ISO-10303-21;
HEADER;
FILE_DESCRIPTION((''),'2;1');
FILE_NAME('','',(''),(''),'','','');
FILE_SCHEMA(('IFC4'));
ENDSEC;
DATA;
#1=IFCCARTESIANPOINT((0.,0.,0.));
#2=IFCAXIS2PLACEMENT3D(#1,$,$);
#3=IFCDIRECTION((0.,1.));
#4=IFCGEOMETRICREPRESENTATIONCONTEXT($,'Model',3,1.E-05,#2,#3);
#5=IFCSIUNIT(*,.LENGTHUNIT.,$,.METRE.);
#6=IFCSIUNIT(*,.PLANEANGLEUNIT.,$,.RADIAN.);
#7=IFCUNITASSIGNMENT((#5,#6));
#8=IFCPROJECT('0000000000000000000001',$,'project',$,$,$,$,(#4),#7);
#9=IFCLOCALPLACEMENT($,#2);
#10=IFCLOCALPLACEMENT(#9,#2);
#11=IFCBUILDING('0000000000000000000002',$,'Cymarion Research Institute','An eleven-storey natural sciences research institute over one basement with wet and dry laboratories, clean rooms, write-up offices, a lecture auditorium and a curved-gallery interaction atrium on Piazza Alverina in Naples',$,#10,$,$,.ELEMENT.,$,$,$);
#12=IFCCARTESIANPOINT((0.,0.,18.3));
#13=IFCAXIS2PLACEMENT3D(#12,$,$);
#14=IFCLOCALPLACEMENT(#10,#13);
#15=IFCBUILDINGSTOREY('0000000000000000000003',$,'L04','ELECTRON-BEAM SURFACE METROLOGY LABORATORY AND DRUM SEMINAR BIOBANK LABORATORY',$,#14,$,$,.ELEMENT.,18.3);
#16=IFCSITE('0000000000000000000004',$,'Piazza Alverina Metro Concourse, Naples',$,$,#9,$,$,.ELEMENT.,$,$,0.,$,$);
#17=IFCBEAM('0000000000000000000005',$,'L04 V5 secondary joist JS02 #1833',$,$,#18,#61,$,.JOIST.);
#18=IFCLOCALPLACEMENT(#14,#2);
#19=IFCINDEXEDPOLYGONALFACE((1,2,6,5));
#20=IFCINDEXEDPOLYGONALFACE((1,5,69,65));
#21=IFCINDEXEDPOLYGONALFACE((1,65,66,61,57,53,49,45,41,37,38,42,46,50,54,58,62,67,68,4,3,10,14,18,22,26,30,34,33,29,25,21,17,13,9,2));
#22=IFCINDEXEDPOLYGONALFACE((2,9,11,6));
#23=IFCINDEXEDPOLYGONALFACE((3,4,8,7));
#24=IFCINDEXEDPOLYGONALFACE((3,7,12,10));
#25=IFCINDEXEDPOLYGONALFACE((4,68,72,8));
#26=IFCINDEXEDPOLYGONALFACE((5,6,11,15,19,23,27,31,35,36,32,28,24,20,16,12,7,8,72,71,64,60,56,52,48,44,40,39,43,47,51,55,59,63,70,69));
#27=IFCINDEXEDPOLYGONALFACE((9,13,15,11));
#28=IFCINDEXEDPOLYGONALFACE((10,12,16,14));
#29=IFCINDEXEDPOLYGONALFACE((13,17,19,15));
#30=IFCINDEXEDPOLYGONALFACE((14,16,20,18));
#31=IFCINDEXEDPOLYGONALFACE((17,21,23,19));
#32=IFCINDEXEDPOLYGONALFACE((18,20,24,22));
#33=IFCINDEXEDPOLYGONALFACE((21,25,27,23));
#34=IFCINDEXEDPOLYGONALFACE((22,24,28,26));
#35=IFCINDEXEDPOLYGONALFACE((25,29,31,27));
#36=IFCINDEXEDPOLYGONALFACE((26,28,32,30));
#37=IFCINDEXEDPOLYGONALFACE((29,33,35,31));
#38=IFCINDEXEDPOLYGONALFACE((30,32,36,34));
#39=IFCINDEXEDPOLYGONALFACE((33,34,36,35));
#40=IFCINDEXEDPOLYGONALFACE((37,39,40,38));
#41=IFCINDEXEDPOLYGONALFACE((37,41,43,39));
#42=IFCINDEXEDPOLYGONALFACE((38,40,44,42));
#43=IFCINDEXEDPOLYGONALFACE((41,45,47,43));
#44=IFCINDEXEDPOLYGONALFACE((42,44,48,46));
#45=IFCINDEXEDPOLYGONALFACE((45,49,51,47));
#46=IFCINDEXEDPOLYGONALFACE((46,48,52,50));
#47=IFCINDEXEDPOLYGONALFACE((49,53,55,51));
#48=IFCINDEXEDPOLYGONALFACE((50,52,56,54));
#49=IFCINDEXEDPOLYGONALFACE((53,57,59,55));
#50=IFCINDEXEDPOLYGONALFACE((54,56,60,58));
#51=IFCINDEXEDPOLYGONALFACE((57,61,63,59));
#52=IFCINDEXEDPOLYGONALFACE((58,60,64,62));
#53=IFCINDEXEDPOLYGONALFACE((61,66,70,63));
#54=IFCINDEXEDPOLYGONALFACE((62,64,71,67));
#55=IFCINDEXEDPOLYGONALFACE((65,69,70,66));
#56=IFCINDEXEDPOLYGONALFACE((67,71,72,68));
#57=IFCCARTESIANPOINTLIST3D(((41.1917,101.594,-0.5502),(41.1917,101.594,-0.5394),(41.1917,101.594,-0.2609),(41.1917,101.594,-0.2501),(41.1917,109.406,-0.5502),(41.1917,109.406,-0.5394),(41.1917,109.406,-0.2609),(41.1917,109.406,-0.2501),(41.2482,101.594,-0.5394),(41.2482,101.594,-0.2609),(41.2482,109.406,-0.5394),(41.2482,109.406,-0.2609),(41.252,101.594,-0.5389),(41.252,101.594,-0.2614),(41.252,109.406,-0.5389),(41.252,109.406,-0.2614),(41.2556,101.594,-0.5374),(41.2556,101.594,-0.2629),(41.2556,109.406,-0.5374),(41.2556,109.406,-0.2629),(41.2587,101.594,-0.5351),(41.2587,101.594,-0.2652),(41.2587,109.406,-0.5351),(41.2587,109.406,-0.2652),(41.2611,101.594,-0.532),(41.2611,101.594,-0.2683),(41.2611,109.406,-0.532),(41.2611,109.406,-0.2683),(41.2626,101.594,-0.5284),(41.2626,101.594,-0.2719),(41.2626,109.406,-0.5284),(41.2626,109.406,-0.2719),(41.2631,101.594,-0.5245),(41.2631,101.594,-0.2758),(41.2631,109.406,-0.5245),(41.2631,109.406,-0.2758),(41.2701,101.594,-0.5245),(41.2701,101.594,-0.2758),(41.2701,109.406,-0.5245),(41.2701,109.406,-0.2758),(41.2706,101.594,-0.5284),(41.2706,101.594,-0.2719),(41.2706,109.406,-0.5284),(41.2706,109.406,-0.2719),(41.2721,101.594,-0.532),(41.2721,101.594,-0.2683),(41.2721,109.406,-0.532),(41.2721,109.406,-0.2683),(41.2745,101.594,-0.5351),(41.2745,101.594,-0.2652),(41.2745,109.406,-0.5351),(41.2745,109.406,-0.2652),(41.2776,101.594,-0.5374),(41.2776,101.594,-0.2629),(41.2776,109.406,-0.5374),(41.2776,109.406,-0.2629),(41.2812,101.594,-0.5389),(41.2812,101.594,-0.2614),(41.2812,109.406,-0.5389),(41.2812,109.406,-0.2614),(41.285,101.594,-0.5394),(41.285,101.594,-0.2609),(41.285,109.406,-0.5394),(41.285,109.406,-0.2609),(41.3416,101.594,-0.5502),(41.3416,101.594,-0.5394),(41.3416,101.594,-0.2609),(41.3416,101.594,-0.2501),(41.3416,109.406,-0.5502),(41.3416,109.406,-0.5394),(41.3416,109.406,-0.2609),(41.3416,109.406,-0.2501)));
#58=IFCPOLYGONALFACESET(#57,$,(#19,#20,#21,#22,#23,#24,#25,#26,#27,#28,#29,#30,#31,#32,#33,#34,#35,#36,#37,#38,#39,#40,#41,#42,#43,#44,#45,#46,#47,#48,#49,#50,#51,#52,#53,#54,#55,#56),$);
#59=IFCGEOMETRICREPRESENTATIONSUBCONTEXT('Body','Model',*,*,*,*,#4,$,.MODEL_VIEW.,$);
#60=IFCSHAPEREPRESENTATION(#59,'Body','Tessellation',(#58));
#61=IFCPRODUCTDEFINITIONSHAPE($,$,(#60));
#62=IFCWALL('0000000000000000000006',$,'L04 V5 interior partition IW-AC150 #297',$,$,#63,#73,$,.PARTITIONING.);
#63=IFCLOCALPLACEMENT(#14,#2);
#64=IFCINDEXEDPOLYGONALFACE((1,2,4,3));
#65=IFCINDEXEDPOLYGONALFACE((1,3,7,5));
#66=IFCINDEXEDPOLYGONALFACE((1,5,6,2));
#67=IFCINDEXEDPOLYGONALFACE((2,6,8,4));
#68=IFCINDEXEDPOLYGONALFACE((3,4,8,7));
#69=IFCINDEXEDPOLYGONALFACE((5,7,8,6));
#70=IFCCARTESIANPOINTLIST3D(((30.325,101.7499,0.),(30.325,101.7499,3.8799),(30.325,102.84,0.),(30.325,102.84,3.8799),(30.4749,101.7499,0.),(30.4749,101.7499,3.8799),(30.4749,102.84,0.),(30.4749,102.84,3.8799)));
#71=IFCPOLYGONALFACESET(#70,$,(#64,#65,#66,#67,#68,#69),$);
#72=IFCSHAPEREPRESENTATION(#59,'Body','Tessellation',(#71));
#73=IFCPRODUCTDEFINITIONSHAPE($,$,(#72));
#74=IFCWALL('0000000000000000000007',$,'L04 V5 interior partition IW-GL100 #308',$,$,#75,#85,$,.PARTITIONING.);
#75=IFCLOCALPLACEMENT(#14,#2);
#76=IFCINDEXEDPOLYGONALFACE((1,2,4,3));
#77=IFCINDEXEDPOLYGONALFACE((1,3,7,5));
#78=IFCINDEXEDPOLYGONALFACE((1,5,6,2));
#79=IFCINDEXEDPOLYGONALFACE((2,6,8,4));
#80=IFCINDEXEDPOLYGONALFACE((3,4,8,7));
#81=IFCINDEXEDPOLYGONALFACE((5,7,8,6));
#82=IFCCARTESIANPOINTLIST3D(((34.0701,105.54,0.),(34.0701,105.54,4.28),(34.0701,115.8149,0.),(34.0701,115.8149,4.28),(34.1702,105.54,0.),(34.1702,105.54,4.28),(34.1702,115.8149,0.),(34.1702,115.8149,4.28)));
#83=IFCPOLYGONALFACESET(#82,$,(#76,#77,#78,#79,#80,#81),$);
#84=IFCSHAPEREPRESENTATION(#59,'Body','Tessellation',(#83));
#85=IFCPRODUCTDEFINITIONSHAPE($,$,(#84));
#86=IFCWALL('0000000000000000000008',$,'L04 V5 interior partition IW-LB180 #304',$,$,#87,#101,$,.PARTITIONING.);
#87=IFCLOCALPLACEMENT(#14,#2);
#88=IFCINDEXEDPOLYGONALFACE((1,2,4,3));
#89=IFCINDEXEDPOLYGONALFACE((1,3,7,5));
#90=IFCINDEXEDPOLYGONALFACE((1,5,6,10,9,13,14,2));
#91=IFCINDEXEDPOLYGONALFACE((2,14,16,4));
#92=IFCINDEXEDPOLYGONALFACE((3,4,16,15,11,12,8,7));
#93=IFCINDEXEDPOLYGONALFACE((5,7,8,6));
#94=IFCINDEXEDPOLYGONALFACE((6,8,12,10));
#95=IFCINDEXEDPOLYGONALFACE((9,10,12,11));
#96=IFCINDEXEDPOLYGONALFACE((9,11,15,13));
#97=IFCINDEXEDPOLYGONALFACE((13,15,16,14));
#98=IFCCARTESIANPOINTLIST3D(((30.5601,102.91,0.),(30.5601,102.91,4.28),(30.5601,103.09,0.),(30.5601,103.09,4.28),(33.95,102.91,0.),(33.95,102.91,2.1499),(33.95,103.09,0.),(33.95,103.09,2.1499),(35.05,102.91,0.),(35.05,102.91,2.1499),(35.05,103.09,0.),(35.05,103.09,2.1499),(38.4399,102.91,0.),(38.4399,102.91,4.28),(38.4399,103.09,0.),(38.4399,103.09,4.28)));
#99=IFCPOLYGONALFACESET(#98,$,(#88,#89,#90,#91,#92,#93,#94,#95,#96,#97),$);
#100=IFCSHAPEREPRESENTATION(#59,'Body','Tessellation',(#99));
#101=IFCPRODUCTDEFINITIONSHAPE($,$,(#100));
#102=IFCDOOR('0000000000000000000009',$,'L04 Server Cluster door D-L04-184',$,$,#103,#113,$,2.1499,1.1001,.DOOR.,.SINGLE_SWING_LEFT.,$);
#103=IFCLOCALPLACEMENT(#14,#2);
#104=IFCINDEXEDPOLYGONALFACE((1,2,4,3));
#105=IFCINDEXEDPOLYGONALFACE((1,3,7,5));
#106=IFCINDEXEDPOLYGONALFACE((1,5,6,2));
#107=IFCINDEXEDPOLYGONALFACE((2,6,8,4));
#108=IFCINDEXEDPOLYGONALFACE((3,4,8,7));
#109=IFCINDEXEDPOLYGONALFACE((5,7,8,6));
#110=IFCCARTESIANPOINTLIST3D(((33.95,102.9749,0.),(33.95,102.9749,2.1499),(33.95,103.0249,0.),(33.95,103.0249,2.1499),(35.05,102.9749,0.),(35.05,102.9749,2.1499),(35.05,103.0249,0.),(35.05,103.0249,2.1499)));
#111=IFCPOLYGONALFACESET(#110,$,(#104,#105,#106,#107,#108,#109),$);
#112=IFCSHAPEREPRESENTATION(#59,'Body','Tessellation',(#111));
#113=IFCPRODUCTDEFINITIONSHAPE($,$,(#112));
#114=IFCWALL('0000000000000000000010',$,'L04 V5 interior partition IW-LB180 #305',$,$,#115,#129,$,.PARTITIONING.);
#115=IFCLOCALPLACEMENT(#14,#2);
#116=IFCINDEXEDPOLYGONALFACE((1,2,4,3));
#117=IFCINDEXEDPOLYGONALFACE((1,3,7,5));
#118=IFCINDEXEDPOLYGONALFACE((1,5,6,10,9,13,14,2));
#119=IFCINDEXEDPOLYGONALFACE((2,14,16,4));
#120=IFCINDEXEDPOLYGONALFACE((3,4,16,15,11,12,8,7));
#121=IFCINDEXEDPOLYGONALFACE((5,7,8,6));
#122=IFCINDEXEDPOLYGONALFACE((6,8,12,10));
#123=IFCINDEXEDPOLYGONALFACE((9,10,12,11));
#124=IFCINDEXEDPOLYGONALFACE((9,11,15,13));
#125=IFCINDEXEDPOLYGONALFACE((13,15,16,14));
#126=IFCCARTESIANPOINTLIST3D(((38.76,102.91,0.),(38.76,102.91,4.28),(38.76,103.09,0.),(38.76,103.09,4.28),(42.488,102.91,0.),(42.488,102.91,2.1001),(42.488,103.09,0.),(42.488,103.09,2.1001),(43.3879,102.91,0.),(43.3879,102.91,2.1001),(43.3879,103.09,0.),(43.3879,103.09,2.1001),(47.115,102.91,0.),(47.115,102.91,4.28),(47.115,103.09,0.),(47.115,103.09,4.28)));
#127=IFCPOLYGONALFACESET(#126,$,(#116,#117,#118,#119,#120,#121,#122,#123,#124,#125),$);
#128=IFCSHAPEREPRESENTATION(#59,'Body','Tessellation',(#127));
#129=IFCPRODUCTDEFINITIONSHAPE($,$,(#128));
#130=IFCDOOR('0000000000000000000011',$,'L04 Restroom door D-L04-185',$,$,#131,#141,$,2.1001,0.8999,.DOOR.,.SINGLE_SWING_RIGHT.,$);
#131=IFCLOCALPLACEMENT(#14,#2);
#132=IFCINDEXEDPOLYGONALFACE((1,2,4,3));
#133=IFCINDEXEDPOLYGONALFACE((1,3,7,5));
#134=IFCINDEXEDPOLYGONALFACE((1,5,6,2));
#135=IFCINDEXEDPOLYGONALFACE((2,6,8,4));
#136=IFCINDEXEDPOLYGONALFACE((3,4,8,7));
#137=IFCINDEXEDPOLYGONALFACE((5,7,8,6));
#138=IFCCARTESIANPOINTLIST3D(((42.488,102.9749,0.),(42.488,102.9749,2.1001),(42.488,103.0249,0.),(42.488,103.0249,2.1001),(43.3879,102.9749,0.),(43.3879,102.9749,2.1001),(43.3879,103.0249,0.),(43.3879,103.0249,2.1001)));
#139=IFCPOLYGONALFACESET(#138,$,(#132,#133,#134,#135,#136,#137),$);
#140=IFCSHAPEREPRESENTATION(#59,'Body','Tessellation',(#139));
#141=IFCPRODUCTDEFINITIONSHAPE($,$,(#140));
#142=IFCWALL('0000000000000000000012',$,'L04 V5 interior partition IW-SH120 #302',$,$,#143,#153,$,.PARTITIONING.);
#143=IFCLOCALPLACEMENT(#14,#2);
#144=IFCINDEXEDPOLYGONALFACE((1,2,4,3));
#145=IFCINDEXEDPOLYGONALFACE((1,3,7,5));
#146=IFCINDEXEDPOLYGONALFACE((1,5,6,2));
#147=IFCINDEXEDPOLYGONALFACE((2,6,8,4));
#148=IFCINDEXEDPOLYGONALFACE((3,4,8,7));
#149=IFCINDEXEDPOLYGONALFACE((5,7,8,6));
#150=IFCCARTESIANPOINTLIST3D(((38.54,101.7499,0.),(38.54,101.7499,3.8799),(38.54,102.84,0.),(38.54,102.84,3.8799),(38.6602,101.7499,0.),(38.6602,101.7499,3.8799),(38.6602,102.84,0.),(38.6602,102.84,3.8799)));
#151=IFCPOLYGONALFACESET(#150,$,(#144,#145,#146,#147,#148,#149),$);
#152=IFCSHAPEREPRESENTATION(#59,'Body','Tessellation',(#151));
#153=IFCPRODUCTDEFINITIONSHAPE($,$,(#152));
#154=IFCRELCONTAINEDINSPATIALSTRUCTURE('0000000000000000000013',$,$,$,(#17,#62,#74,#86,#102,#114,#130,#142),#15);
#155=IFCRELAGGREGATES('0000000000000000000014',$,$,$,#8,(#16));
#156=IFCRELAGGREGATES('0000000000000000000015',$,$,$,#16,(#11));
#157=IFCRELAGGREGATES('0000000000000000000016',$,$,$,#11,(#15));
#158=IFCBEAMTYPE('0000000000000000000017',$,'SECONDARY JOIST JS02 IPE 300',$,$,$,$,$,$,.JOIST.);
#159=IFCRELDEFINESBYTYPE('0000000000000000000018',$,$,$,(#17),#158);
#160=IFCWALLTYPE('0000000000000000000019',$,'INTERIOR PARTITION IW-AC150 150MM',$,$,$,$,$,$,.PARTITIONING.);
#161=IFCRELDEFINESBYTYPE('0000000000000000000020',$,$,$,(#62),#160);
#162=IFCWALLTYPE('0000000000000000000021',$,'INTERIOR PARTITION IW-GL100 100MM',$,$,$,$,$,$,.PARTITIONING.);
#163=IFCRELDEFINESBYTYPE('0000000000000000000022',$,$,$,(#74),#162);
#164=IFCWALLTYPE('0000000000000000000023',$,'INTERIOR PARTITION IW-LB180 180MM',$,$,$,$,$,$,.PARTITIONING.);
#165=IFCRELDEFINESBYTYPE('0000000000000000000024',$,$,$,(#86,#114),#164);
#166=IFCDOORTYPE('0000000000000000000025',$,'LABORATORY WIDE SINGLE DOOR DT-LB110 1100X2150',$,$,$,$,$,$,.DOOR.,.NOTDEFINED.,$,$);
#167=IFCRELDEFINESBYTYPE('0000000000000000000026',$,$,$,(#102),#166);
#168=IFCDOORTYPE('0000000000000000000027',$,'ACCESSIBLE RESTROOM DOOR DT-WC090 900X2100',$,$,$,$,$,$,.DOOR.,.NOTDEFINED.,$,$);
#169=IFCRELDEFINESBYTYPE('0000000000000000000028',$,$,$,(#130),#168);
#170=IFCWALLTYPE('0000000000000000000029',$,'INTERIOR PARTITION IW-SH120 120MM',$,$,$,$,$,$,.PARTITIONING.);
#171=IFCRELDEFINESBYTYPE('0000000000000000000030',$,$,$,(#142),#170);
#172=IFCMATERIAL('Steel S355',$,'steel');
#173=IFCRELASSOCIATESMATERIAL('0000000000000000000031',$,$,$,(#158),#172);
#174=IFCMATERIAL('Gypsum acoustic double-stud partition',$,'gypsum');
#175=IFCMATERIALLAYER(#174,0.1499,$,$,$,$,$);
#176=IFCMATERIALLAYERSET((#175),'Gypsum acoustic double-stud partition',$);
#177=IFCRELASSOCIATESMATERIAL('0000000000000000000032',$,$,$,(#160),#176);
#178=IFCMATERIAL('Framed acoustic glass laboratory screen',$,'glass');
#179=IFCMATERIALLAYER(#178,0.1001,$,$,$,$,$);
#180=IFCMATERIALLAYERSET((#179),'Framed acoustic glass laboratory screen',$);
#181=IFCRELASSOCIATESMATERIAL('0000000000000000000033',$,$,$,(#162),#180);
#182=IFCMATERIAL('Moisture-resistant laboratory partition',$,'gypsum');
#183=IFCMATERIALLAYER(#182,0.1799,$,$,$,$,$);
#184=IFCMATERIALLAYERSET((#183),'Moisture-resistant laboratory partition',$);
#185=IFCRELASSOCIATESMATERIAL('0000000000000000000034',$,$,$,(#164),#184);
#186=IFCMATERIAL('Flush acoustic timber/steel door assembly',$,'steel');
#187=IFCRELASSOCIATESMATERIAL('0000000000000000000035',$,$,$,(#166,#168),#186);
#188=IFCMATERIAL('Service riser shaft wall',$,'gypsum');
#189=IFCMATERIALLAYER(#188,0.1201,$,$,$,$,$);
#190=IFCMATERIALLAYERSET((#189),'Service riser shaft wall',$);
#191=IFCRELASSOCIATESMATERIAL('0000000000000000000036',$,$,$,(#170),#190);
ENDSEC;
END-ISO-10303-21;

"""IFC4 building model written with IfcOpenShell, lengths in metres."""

from ifc_helpers import new_model, si_unit, direction, frame, frame_2d, origin, origin_2d, place, context, subcontext, project, spatial, rectangle, i_section, extrude, material, layer, layer_set, material_profile, profile_set, type_object, element, fill, save


model = new_model("IFC4")

# Units and contexts
model_context = context("Model", 3, precision=1e-05, world=origin(), true_north=direction((0.0, 1.0)))
body_context = subcontext(model_context, "Body", "Model", "MODEL_VIEW")
ifc_project = project(units=[si_unit("LENGTHUNIT", "METRE"), si_unit("PLANEANGLEUNIT", "RADIAN")], contexts=[model_context])

# Site, building, storey
site_placement = place(None, origin())
site = spatial("IfcSite", under=ifc_project, at=site_placement, Name="Piazza Alverina Metro Concourse, Naples", CompositionType="ELEMENT", RefElevation=0.0)
building_placement = place(site_placement, origin())
building = spatial("IfcBuilding", under=site, at=building_placement, Name="Cymarion Research Institute", Description="An eleven-storey natural sciences research institute over one basement with wet and dry laboratories, clean rooms, write-up offices, a lecture auditorium and a curved-gallery interaction atrium on Piazza Alverina in Naples", CompositionType="ELEMENT")
storey_placement = place(building_placement, frame((0.0, 0.0, 18.3)))
storey = spatial("IfcBuildingStorey", under=building, at=storey_placement, Name="L04", Description="ELECTRON-BEAM SURFACE METROLOGY LABORATORY AND DRUM SEMINAR BIOBANK LABORATORY", CompositionType="ELEMENT", Elevation=18.3)

# Shared definitions
ifc_material_1 = material(Name="Steel S355", Category="steel")

# Beam
ifc_material_profile_1 = material_profile(ifc_material_1, i_section(OverallWidth=0.1499, OverallDepth=0.3, WebThickness=0.0071, FlangeThickness=0.0107, FilletRadius=0.0149, at=origin_2d()), Name="IPE 300")
ifc_profile_set_1 = profile_set([ifc_material_profile_1], Name="Steel S355")
beam_type_1 = type_object("IfcBeamType", Name="SECONDARY JOIST JS02 IPE 300", PredefinedType="JOIST", material=ifc_profile_set_1)
for number, where, z_axis, x_axis, name in (
    (1, (41.2666, 101.594, -0.4001), (0.0, 1.0, 0.0), (-1.0, 0.0, 0.0), "L04 V5 secondary joist JS02 #1833"),
):
    element("IfcBeam", number, at=place(storey_placement, frame(where, z_axis=z_axis, x_axis=x_axis)), inside=storey, type_object=beam_type_1, Name=name, PredefinedType="JOIST", context=body_context, shape_type="SweptSolid", body=[
        extrude(i_section(OverallWidth=0.1499, OverallDepth=0.3, WebThickness=0.0071, FlangeThickness=0.0107, FilletRadius=0.0149, at=origin_2d()), origin(), (0.0, 0.0, 1.0), 7.812),
    ])

# Walls
ifc_material_2 = material(Name="Gypsum acoustic double-stud partition", Category="gypsum")
ifc_layer_1 = layer(ifc_material_2, 0.1499)
ifc_layer_set_1 = layer_set([ifc_layer_1], Name="Gypsum acoustic double-stud partition")
wall_type_1 = type_object("IfcWallType", Name="INTERIOR PARTITION IW-AC150 150MM", PredefinedType="PARTITIONING", material=ifc_layer_set_1)
wall_1_placement = place(storey_placement, frame((30.3999, 101.75, 0.0), z_axis=(0.0, 0.0, 1.0), x_axis=(0.0, 1.0, 0.0)))
element("IfcWall", 2, at=wall_1_placement, inside=storey, type_object=wall_type_1, Name="L04 V5 interior partition IW-AC150 #297", PredefinedType="PARTITIONING", context=body_context, shape_type="SweptSolid", body=[
    extrude(rectangle(XDim=1.0901, YDim=0.1499, at=frame_2d((0.5449, 0.0))), origin(), (0.0, 0.0, 1.0), 3.8799),
])
ifc_material_3 = material(Name="Framed acoustic glass laboratory screen", Category="glass")
ifc_layer_2 = layer(ifc_material_3, 0.1001)
ifc_layer_set_2 = layer_set([ifc_layer_2], Name="Framed acoustic glass laboratory screen")
wall_type_2 = type_object("IfcWallType", Name="INTERIOR PARTITION IW-GL100 100MM", PredefinedType="PARTITIONING", material=ifc_layer_set_2)
wall_2_placement = place(storey_placement, frame((34.1201, 105.54, 0.0), z_axis=(0.0, 0.0, 1.0), x_axis=(0.0, 1.0, 0.0)))
element("IfcWall", 3, at=wall_2_placement, inside=storey, type_object=wall_type_2, Name="L04 V5 interior partition IW-GL100 #308", PredefinedType="PARTITIONING", context=body_context, shape_type="SweptSolid", body=[
    extrude(rectangle(XDim=10.2749, YDim=0.1001, at=frame_2d((5.1375, 0.0))), origin(), (0.0, 0.0, 1.0), 4.28),
])

# Walls, openings, doors
ifc_material_4 = material(Name="Moisture-resistant laboratory partition", Category="gypsum")
ifc_layer_3 = layer(ifc_material_4, 0.1799)
ifc_layer_set_3 = layer_set([ifc_layer_3], Name="Moisture-resistant laboratory partition")
wall_type_3 = type_object("IfcWallType", Name="INTERIOR PARTITION IW-LB180 180MM", PredefinedType="PARTITIONING", material=ifc_layer_set_3)
wall_3_placement = place(storey_placement, frame((30.5601, 103.0, 0.0), z_axis=(0.0, 0.0, 1.0), x_axis=(1.0, 0.0, 0.0)))
wall_3 = element("IfcWall", 4, at=wall_3_placement, inside=storey, type_object=wall_type_3, Name="L04 V5 interior partition IW-LB180 #304", PredefinedType="PARTITIONING", context=body_context, shape_type="SweptSolid", body=[
    extrude(rectangle(XDim=7.8799, YDim=0.1799, at=frame_2d((3.9399, 0.0))), origin(), (0.0, 0.0, 1.0), 4.28),
])
opening_1_placement = place(wall_3_placement, frame((3.3899, 0.0, 0.0)))
opening_1 = element("IfcOpeningElement", 5, at=opening_1_placement, cuts=wall_3, PredefinedType="OPENING", context=body_context, shape_type="SweptSolid", body=[
    extrude(rectangle(XDim=1.1001, YDim=2.1499, at=frame_2d((0.55, 1.075))), frame((0.0, 0.0999, 0.0), z_axis=(0.0, -1.0, 0.0), x_axis=(1.0, 0.0, 0.0)), (0.0, 0.0, 1.0), 0.2),
])
ifc_material_5 = material(Name="Flush acoustic timber/steel door assembly", Category="steel")
door_type_1 = type_object("IfcDoorType", Name="LABORATORY WIDE SINGLE DOOR DT-LB110 1100X2150", OperationType="NOTDEFINED", PredefinedType="DOOR", material=ifc_material_5)
door_1_placement = place(opening_1_placement, origin())
door_1 = element("IfcDoor", 6, at=door_1_placement, inside=storey, type_object=door_type_1, Name="L04 Server Cluster door D-L04-184", OperationType="SINGLE_SWING_LEFT", OverallHeight=2.1499, OverallWidth=1.1001, PredefinedType="DOOR", context=body_context, shape_type="SweptSolid", body=[
    extrude(rectangle(XDim=1.1001, YDim=2.1499, at=frame_2d((0.55, 1.075))), frame((0.0, 0.0249, 0.0), z_axis=(0.0, -1.0, 0.0), x_axis=(1.0, 0.0, 0.0)), (0.0, 0.0, 1.0), 0.05),
])
fill(opening_1, door_1)
wall_4_placement = place(storey_placement, frame((38.76, 103.0, 0.0), z_axis=(0.0, 0.0, 1.0), x_axis=(1.0, 0.0, 0.0)))
wall_4 = element("IfcWall", 7, at=wall_4_placement, inside=storey, type_object=wall_type_3, Name="L04 V5 interior partition IW-LB180 #305", PredefinedType="PARTITIONING", context=body_context, shape_type="SweptSolid", body=[
    extrude(rectangle(XDim=8.355, YDim=0.1799, at=frame_2d((4.1775, 0.0))), origin(), (0.0, 0.0, 1.0), 4.28),
])
opening_2_placement = place(wall_4_placement, frame((3.728, 0.0, 0.0)))
opening_2 = element("IfcOpeningElement", 8, at=opening_2_placement, cuts=wall_4, PredefinedType="OPENING", context=body_context, shape_type="SweptSolid", body=[
    extrude(rectangle(XDim=0.8999, YDim=2.1001, at=frame_2d((0.45, 1.05))), frame((0.0, 0.0999, 0.0), z_axis=(0.0, -1.0, 0.0), x_axis=(1.0, 0.0, 0.0)), (0.0, 0.0, 1.0), 0.2),
])
door_type_2 = type_object("IfcDoorType", Name="ACCESSIBLE RESTROOM DOOR DT-WC090 900X2100", OperationType="NOTDEFINED", PredefinedType="DOOR", material=ifc_material_5)
door_2_placement = place(opening_2_placement, origin())
door_2 = element("IfcDoor", 9, at=door_2_placement, inside=storey, type_object=door_type_2, Name="L04 Restroom door D-L04-185", OperationType="SINGLE_SWING_RIGHT", OverallHeight=2.1001, OverallWidth=0.8999, PredefinedType="DOOR", context=body_context, shape_type="SweptSolid", body=[
    extrude(rectangle(XDim=0.8999, YDim=2.1001, at=frame_2d((0.45, 1.05))), frame((0.0, 0.0249, 0.0), z_axis=(0.0, -1.0, 0.0), x_axis=(1.0, 0.0, 0.0)), (0.0, 0.0, 1.0), 0.05),
])
fill(opening_2, door_2)

# Wall
ifc_material_6 = material(Name="Service riser shaft wall", Category="gypsum")
ifc_layer_4 = layer(ifc_material_6, 0.1201)
ifc_layer_set_4 = layer_set([ifc_layer_4], Name="Service riser shaft wall")
wall_type_4 = type_object("IfcWallType", Name="INTERIOR PARTITION IW-SH120 120MM", PredefinedType="PARTITIONING", material=ifc_layer_set_4)
wall_5_placement = place(storey_placement, frame((38.6001, 101.75, 0.0), z_axis=(0.0, 0.0, 1.0), x_axis=(0.0, 1.0, 0.0)))
element("IfcWall", 10, at=wall_5_placement, inside=storey, type_object=wall_type_4, Name="L04 V5 interior partition IW-SH120 #302", PredefinedType="PARTITIONING", context=body_context, shape_type="SweptSolid", body=[
    extrude(rectangle(XDim=1.0901, YDim=0.1201, at=frame_2d((0.5449, 0.0))), origin(), (0.0, 0.0, 1.0), 3.8799),
])

save(model, "model.ifc")
